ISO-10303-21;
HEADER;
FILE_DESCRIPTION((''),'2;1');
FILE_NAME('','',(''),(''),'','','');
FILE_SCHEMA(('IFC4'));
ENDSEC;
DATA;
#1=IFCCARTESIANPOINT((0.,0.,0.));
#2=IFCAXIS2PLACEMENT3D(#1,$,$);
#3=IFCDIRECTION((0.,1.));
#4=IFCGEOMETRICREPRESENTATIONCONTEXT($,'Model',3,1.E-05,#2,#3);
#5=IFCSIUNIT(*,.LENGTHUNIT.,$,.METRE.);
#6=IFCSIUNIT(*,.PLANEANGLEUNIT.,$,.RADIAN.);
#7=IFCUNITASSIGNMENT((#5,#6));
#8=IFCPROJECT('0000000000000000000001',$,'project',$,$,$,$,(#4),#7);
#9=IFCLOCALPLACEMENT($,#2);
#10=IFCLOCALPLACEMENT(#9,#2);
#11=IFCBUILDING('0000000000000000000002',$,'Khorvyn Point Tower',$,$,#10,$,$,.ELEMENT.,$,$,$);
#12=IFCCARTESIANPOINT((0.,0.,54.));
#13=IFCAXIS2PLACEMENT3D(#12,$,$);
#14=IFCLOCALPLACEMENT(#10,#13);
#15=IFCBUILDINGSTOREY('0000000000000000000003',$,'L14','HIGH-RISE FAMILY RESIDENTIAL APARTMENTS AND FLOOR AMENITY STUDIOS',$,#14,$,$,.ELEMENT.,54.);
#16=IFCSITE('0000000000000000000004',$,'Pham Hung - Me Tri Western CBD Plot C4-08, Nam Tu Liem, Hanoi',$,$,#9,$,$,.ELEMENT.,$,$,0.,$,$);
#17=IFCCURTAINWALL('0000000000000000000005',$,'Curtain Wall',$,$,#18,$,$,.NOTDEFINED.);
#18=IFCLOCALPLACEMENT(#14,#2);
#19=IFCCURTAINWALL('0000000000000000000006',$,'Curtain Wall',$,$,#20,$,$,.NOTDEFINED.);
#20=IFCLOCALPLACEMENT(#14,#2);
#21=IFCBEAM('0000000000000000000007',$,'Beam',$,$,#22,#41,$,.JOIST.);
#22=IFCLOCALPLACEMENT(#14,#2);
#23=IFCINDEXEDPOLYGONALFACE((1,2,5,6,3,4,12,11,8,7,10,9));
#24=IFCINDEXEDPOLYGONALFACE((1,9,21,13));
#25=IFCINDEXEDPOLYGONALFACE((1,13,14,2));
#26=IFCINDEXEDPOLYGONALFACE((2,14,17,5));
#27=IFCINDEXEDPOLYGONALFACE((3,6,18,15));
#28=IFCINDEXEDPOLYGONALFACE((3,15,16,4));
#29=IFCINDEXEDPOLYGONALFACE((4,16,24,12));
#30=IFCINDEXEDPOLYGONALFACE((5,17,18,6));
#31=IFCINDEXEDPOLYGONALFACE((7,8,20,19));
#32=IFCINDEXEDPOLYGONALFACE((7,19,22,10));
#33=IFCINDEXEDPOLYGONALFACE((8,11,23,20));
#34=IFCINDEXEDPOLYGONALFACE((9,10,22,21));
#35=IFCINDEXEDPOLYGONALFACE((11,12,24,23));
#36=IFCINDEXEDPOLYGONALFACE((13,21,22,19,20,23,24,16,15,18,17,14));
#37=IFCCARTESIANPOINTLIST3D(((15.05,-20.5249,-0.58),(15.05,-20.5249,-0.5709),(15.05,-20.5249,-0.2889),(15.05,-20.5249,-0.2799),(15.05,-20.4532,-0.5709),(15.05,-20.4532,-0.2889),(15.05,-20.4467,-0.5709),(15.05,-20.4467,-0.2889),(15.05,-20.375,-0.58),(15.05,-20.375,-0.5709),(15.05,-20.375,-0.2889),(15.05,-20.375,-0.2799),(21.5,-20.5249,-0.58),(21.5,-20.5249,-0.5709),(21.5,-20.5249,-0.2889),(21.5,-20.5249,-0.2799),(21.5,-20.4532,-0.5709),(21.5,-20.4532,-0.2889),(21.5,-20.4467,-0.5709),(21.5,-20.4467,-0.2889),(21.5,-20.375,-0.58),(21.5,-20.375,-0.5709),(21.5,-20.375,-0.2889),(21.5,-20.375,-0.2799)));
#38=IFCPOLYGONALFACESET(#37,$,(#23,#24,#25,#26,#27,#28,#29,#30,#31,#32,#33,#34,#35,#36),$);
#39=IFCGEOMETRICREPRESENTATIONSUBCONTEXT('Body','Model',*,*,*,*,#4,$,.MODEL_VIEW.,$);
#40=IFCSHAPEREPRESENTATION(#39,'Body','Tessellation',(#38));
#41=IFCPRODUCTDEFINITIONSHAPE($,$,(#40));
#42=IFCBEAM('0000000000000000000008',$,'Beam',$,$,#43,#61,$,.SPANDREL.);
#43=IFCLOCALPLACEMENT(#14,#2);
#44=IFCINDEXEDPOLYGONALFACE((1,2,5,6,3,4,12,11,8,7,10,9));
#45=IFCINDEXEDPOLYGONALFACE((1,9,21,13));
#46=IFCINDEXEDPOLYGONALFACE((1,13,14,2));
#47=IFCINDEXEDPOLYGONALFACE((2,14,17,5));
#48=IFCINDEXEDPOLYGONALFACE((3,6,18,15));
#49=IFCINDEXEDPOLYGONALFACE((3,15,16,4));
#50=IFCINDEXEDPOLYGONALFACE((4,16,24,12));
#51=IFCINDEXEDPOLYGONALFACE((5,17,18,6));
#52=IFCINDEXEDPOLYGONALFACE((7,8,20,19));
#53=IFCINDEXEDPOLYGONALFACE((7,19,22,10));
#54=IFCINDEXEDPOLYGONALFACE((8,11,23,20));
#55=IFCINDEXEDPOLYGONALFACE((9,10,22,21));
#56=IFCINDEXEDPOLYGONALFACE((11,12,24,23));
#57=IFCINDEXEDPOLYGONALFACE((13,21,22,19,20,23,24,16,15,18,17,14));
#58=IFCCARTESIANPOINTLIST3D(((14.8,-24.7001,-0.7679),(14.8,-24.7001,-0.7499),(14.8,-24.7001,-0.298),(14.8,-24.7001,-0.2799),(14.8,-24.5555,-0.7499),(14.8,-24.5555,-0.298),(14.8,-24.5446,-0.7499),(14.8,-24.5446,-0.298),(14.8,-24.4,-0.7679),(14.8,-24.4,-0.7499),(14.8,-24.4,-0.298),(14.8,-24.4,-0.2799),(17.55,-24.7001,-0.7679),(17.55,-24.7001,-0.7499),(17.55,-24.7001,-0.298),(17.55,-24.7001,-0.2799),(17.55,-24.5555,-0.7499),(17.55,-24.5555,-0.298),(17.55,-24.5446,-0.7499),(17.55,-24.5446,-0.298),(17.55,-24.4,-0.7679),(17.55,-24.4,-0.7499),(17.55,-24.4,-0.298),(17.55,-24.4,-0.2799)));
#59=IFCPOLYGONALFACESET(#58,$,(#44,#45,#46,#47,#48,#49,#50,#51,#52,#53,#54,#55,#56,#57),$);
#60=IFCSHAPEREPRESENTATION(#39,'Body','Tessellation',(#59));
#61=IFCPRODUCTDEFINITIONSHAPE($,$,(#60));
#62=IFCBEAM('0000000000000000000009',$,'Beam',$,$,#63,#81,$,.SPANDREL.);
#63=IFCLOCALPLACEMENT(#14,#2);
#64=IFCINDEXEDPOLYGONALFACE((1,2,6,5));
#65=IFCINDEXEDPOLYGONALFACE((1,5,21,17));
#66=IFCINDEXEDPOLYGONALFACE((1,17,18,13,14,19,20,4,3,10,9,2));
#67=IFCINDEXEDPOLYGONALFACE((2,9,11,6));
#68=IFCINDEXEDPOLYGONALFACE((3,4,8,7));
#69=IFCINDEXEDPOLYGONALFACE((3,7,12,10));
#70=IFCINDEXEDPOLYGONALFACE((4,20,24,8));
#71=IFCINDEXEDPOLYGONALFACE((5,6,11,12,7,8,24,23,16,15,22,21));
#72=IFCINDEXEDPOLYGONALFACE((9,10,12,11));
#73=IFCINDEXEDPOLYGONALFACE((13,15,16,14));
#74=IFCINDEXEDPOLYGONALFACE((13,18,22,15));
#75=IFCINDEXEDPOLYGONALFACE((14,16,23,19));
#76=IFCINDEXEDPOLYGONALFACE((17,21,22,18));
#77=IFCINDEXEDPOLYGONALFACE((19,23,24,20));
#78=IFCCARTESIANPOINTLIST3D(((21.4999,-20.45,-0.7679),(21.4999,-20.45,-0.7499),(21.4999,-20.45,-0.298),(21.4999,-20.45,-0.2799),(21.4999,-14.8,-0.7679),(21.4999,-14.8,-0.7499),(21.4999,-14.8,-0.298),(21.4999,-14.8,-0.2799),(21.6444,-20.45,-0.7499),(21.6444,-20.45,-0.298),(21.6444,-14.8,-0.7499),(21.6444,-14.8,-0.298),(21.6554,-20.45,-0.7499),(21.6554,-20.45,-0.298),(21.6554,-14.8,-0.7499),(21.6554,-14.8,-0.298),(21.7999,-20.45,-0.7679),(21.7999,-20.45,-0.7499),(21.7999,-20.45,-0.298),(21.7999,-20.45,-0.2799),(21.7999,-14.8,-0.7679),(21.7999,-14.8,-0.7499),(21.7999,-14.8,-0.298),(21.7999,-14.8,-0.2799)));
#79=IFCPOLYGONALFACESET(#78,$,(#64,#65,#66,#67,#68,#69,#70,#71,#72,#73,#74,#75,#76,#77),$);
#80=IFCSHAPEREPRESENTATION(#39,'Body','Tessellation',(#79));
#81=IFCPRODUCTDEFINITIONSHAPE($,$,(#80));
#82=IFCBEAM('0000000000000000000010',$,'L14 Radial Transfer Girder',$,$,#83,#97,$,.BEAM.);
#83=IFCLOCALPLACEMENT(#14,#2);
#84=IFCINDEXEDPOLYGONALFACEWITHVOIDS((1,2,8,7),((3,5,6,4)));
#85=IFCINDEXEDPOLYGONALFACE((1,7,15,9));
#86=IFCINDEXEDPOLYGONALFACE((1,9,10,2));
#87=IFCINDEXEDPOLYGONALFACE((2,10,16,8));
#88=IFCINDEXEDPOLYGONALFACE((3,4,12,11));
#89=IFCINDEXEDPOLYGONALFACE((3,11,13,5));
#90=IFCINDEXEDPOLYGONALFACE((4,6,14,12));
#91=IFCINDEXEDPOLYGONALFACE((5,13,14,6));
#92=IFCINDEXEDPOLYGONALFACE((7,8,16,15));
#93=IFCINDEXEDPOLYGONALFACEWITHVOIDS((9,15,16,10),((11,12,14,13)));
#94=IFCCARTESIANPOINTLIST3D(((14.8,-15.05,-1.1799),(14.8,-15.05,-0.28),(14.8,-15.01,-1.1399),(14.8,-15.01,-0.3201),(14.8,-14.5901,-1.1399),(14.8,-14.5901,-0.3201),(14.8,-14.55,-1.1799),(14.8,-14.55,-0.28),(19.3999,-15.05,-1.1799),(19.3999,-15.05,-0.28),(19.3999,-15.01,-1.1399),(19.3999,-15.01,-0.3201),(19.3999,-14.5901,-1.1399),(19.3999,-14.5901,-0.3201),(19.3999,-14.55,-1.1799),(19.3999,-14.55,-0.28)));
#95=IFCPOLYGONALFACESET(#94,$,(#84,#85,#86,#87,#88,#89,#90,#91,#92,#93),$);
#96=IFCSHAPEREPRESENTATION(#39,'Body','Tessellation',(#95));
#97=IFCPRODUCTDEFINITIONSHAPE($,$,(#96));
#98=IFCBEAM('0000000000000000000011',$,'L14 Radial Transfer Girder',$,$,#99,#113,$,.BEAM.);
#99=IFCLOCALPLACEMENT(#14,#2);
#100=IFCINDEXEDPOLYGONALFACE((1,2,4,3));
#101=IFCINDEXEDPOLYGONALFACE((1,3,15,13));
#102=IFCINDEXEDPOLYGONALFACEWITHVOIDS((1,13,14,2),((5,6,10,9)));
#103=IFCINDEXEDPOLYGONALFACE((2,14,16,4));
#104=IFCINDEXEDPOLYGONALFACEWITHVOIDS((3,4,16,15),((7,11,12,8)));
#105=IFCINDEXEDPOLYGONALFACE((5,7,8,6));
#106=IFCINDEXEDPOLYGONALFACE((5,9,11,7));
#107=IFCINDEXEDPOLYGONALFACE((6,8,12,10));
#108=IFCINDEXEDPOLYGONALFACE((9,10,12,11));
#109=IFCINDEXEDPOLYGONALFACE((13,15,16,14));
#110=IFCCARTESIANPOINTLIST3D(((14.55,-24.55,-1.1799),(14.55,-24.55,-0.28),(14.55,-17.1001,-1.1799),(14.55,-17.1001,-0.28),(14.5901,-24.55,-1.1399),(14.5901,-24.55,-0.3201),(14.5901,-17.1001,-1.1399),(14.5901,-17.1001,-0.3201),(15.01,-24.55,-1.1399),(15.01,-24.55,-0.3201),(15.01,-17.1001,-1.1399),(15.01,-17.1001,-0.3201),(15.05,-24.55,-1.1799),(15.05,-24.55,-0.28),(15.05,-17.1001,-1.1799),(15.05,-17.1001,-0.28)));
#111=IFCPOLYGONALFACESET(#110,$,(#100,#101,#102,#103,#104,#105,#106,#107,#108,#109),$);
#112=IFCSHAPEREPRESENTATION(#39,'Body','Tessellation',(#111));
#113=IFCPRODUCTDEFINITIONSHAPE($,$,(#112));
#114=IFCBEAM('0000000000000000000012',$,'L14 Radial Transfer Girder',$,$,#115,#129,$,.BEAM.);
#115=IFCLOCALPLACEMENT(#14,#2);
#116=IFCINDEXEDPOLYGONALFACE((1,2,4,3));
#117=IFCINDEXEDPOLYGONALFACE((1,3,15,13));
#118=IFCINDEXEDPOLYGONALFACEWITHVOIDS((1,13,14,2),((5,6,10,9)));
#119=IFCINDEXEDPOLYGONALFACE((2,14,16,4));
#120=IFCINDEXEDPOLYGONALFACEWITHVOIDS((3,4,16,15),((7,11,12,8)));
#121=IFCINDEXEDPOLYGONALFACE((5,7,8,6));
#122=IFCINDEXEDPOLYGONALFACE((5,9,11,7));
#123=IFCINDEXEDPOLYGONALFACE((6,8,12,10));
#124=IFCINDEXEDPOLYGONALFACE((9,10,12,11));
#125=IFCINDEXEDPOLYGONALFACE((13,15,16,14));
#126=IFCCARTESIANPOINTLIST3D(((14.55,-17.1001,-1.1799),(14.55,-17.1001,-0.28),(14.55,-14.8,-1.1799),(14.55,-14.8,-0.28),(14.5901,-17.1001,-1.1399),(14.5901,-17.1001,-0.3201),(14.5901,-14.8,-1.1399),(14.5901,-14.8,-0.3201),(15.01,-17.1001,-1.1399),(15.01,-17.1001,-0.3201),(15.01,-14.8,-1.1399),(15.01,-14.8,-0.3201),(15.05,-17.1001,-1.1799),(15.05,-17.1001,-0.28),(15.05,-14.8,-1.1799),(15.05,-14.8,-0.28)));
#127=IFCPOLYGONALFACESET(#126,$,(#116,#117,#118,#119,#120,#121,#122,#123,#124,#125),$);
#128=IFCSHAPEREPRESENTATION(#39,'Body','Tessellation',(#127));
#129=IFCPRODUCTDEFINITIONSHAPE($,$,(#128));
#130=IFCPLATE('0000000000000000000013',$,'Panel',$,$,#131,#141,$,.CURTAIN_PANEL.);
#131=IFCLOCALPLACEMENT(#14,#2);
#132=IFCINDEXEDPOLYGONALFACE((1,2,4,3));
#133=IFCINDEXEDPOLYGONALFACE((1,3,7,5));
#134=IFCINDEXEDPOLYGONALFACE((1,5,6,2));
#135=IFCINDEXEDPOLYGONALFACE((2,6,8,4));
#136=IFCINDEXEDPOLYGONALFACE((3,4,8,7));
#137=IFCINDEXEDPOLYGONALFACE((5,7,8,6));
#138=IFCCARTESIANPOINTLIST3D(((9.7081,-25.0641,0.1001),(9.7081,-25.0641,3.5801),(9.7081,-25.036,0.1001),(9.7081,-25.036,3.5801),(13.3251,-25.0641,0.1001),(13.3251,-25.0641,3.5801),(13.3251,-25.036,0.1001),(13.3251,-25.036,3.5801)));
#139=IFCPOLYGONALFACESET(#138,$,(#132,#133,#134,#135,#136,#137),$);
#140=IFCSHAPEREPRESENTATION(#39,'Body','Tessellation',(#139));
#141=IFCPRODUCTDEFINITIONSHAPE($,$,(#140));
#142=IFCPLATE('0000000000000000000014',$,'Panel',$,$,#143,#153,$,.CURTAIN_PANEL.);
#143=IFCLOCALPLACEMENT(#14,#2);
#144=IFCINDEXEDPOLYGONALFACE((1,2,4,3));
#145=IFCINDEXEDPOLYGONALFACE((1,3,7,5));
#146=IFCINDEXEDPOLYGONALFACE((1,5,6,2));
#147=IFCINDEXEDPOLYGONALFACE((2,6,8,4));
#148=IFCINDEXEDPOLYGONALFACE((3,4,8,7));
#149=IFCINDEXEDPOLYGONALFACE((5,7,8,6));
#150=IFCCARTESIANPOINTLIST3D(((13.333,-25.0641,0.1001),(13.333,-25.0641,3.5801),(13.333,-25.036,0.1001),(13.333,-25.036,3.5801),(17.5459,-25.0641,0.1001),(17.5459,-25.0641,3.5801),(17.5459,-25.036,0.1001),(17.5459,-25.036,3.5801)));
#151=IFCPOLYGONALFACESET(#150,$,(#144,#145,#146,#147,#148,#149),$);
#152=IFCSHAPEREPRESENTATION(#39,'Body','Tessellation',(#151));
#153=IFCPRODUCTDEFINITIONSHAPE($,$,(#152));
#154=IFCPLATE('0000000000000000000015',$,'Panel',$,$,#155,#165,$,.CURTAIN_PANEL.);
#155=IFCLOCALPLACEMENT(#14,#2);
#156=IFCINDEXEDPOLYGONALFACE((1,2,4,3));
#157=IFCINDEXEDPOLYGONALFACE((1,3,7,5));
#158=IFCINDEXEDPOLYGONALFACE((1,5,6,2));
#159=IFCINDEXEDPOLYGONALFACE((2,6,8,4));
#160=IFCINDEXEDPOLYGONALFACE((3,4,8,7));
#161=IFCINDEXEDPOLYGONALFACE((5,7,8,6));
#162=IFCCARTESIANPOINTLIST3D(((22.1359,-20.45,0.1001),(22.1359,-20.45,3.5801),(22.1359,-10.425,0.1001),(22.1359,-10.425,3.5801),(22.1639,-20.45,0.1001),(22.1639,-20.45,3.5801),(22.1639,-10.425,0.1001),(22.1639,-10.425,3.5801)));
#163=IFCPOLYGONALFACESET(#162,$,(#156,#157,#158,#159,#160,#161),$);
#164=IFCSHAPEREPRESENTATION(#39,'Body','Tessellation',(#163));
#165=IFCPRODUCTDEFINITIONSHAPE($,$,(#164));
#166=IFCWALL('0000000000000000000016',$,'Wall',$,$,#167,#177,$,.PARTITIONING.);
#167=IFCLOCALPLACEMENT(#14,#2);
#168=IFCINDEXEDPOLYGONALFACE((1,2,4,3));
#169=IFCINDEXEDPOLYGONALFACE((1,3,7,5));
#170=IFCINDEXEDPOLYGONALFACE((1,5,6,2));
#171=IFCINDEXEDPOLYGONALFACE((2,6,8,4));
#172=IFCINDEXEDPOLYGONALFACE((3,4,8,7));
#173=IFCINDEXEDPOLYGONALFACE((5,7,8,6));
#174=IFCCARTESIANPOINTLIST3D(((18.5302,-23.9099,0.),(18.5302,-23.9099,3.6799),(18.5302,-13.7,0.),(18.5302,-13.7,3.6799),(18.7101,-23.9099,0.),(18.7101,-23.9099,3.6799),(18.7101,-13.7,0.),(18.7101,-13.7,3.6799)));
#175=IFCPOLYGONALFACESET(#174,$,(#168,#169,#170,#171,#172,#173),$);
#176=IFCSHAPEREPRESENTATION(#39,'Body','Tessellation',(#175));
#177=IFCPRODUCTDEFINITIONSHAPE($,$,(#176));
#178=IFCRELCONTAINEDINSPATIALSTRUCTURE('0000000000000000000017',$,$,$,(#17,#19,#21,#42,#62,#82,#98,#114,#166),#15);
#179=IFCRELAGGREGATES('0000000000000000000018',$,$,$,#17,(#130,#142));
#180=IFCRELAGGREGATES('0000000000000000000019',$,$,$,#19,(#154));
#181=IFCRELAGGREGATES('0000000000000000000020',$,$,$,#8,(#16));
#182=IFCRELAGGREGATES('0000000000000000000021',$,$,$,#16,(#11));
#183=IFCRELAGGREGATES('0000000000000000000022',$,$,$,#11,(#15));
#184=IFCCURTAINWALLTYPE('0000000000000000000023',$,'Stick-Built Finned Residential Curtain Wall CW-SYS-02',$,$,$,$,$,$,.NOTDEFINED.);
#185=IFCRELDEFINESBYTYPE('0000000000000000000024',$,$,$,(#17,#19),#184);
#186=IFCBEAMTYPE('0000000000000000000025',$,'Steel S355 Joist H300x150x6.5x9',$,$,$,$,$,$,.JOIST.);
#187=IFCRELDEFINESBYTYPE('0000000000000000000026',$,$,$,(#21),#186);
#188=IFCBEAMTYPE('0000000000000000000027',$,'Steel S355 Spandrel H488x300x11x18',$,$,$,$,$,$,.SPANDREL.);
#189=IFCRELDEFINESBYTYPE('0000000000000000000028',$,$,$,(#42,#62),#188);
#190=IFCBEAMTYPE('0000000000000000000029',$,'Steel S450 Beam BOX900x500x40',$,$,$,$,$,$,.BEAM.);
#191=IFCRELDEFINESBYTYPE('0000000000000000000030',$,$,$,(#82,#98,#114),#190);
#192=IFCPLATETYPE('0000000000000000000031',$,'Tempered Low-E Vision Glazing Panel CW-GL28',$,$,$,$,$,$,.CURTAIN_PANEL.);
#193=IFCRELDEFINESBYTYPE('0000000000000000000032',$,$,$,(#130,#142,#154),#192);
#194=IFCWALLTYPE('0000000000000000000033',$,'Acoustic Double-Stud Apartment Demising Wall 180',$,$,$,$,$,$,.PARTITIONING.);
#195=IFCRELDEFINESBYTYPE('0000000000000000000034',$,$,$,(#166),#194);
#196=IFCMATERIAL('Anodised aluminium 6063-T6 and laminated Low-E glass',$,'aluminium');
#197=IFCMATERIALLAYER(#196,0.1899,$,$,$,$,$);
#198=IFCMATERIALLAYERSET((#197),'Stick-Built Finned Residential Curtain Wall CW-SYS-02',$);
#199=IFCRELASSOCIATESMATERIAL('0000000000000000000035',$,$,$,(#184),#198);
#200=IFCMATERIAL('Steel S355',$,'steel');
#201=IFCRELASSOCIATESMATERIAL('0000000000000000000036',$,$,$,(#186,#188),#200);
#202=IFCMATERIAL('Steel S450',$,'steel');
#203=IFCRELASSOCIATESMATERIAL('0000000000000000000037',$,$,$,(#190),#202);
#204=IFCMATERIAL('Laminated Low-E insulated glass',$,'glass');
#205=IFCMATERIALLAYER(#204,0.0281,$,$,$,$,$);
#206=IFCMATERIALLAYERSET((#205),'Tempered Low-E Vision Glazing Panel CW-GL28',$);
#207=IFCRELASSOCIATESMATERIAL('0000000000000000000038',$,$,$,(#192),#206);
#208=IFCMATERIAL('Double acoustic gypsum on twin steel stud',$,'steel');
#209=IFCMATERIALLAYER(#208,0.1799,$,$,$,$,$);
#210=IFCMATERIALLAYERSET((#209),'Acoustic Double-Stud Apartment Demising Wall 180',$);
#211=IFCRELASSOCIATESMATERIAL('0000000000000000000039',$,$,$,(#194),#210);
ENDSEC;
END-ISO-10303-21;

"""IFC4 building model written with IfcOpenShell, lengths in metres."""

from ifc_helpers import new_model, si_unit, direction, frame, frame_2d, origin, origin_2d, place, context, subcontext, project, spatial, rectangle, hollow_rectangle, i_section, extrude, material, layer, layer_set, material_profile, profile_set, type_object, element, aggregate, save


model = new_model("IFC4")

# Units and contexts
model_context = context("Model", 3, precision=1e-05, world=origin(), true_north=direction((0.0, 1.0)))
body_context = subcontext(model_context, "Body", "Model", "MODEL_VIEW")
ifc_project = project(units=[si_unit("LENGTHUNIT", "METRE"), si_unit("PLANEANGLEUNIT", "RADIAN")], contexts=[model_context])

# Site, building, storey
site_placement = place(None, origin())
site = spatial("IfcSite", under=ifc_project, at=site_placement, Name="Pham Hung - Me Tri Western CBD Plot C4-08, Nam Tu Liem, Hanoi", CompositionType="ELEMENT", RefElevation=0.0)
building_placement = place(site_placement, origin())
building = spatial("IfcBuilding", under=site, at=building_placement, Name="Khorvyn Point Tower", CompositionType="ELEMENT")
storey_placement = place(building_placement, frame((0.0, 0.0, 54.0)))
storey = spatial("IfcBuildingStorey", under=building, at=storey_placement, Name="L14", Description="HIGH-RISE FAMILY RESIDENTIAL APARTMENTS AND FLOOR AMENITY STUDIOS", CompositionType="ELEMENT", Elevation=54.0)

# Shared definitions
ifc_material_1 = material(Name="Steel S450", Category="steel")

# Curtain walls
ifc_material_2 = material(Name="Anodised aluminium 6063-T6 and laminated Low-E glass", Category="aluminium")
ifc_layer_1 = layer(ifc_material_2, 0.1899)
ifc_layer_set_1 = layer_set([ifc_layer_1], Name="Stick-Built Finned Residential Curtain Wall CW-SYS-02")
curtain_wall_type = type_object("IfcCurtainWallType", Name="Stick-Built Finned Residential Curtain Wall CW-SYS-02", PredefinedType="NOTDEFINED", material=ifc_layer_set_1)
curtain_wall_1_placement = place(storey_placement, origin())
curtain_wall_1 = element("IfcCurtainWall", 1, at=curtain_wall_1_placement, inside=storey, type_object=curtain_wall_type, Name="Curtain Wall", PredefinedType="NOTDEFINED")
curtain_wall_2_placement = place(storey_placement, origin())
curtain_wall_2 = element("IfcCurtainWall", 2, at=curtain_wall_2_placement, inside=storey, type_object=curtain_wall_type, Name="Curtain Wall", PredefinedType="NOTDEFINED")

# Beams
ifc_material_3 = material(Name="Steel S355", Category="steel")
ifc_material_profile_1 = material_profile(ifc_material_3, i_section(OverallWidth=0.1499, OverallDepth=0.3, WebThickness=0.0066, FlangeThickness=0.009, at=origin_2d()))
ifc_profile_set_1 = profile_set([ifc_material_profile_1], Name="Steel S355 H300x150x6.5x9")
beam_type_1 = type_object("IfcBeamType", Name="Steel S355 Joist H300x150x6.5x9", PredefinedType="JOIST", material=ifc_profile_set_1)
beam_1_placement = place(storey_placement, frame((15.05, -20.45, -0.4299), z_axis=(1.0, 0.0, 0.0), x_axis=(0.0, 1.0, 0.0)))
element("IfcBeam", 3, at=beam_1_placement, inside=storey, type_object=beam_type_1, Name="Beam", PredefinedType="JOIST", context=body_context, shape_type="SweptSolid", body=[
    extrude(i_section(OverallWidth=0.1499, OverallDepth=0.3, WebThickness=0.0066, FlangeThickness=0.009, at=origin_2d()), origin(), (0.0, 0.0, 1.0), 6.45),
])
ifc_material_profile_2 = material_profile(ifc_material_3, i_section(OverallWidth=0.3, OverallDepth=0.488, WebThickness=0.011, FlangeThickness=0.0181, at=origin_2d()))
ifc_profile_set_2 = profile_set([ifc_material_profile_2], Name="Steel S355 H488x300x11x18")
beam_type_2 = type_object("IfcBeamType", Name="Steel S355 Spandrel H488x300x11x18", PredefinedType="SPANDREL", material=ifc_profile_set_2)
beam_2_placement = place(storey_placement, frame((14.8, -24.55, -0.5239), z_axis=(1.0, 0.0, 0.0), x_axis=(0.0, 1.0, 0.0)))
element("IfcBeam", 4, at=beam_2_placement, inside=storey, type_object=beam_type_2, Name="Beam", PredefinedType="SPANDREL", context=body_context, shape_type="SweptSolid", body=[
    extrude(i_section(OverallWidth=0.3, OverallDepth=0.488, WebThickness=0.011, FlangeThickness=0.0181, at=origin_2d()), origin(), (0.0, 0.0, 1.0), 2.75),
])
beam_3_placement = place(storey_placement, frame((21.6499, -20.45, -0.5239), z_axis=(0.0, 1.0, 0.0), x_axis=(-1.0, 0.0, 0.0)))
element("IfcBeam", 5, at=beam_3_placement, inside=storey, type_object=beam_type_2, Name="Beam", PredefinedType="SPANDREL", context=body_context, shape_type="SweptSolid", body=[
    extrude(i_section(OverallWidth=0.3, OverallDepth=0.488, WebThickness=0.011, FlangeThickness=0.0181, at=origin_2d()), origin(), (0.0, 0.0, 1.0), 5.6499),
])
ifc_material_profile_3 = material_profile(ifc_material_1, hollow_rectangle(XDim=0.5, YDim=0.8999, WallThickness=0.04, at=origin_2d()))
ifc_profile_set_3 = profile_set([ifc_material_profile_3], Name="Steel S450 BOX900x500x40")
beam_type_3 = type_object("IfcBeamType", Name="Steel S450 Beam BOX900x500x40", PredefinedType="BEAM", material=ifc_profile_set_3)
beam_4_placement = place(storey_placement, frame((14.8, -14.8, -0.73), z_axis=(1.0, 0.0, 0.0), x_axis=(0.0, 1.0, 0.0)))
element("IfcBeam", 6, at=beam_4_placement, inside=storey, type_object=beam_type_3, Name="L14 Radial Transfer Girder", PredefinedType="BEAM", context=body_context, shape_type="SweptSolid", body=[
    extrude(hollow_rectangle(XDim=0.5, YDim=0.8999, WallThickness=0.04, at=origin_2d()), origin(), (0.0, 0.0, 1.0), 4.5999),
])
beam_5_placement = place(storey_placement, frame((14.8, -24.55, -0.73), z_axis=(0.0, 1.0, 0.0), x_axis=(-1.0, 0.0, 0.0)))
element("IfcBeam", 7, at=beam_5_placement, inside=storey, type_object=beam_type_3, Name="L14 Radial Transfer Girder", PredefinedType="BEAM", context=body_context, shape_type="SweptSolid", body=[
    extrude(hollow_rectangle(XDim=0.5, YDim=0.8999, WallThickness=0.04, at=origin_2d()), origin(), (0.0, 0.0, 1.0), 7.45),
])
beam_6_placement = place(storey_placement, frame((14.8, -17.1001, -0.73), z_axis=(0.0, 1.0, 0.0), x_axis=(-1.0, 0.0, 0.0)))
element("IfcBeam", 8, at=beam_6_placement, inside=storey, type_object=beam_type_3, Name="L14 Radial Transfer Girder", PredefinedType="BEAM", context=body_context, shape_type="SweptSolid", body=[
    extrude(hollow_rectangle(XDim=0.5, YDim=0.8999, WallThickness=0.04, at=origin_2d()), origin(), (0.0, 0.0, 1.0), 2.3),
])

# Plates
ifc_material_4 = material(Name="Laminated Low-E insulated glass", Category="glass")
ifc_layer_2 = layer(ifc_material_4, 0.0281)
ifc_layer_set_2 = layer_set([ifc_layer_2], Name="Tempered Low-E Vision Glazing Panel CW-GL28")
plate_type = type_object("IfcPlateType", Name="Tempered Low-E Vision Glazing Panel CW-GL28", PredefinedType="CURTAIN_PANEL", material=ifc_layer_set_2)
plate_1_placement = place(storey_placement, frame((11.5166, -25.05, 0.1001), z_axis=(0.0, 0.0, 1.0), x_axis=(-1.0, 0.0, 0.0)))
plate_1 = element("IfcPlate", 9, at=plate_1_placement, type_object=plate_type, Name="Panel", PredefinedType="CURTAIN_PANEL", context=body_context, shape_type="SweptSolid", body=[
    extrude(rectangle(XDim=3.6169, YDim=0.0281, at=origin_2d()), origin(), (0.0, 0.0, 1.0), 3.48),
])
plate_2_placement = place(storey_placement, frame((15.4395, -25.05, 0.1001), z_axis=(0.0, 0.0, 1.0), x_axis=(-1.0, 0.0, 0.0)))
plate_2 = element("IfcPlate", 10, at=plate_2_placement, type_object=plate_type, Name="Panel", PredefinedType="CURTAIN_PANEL", context=body_context, shape_type="SweptSolid", body=[
    extrude(rectangle(XDim=4.2129, YDim=0.0281, at=origin_2d()), origin(), (0.0, 0.0, 1.0), 3.48),
])
aggregate(curtain_wall_1, [plate_1, plate_2])
plate_3_placement = place(storey_placement, frame((22.1499, -15.4375, 0.1001), z_axis=(0.0, 0.0, 1.0), x_axis=(0.0, -1.0, 0.0)))
plate_3 = element("IfcPlate", 11, at=plate_3_placement, type_object=plate_type, Name="Panel", PredefinedType="CURTAIN_PANEL", context=body_context, shape_type="SweptSolid", body=[
    extrude(rectangle(XDim=10.0249, YDim=0.0281, at=origin_2d()), origin(), (0.0, 0.0, 1.0), 3.48),
])
aggregate(curtain_wall_2, [plate_3])

# Wall
ifc_material_5 = material(Name="Double acoustic gypsum on twin steel stud", Category="steel")
ifc_layer_3 = layer(ifc_material_5, 0.1799)
ifc_layer_set_3 = layer_set([ifc_layer_3], Name="Acoustic Double-Stud Apartment Demising Wall 180")
wall_type_1 = type_object("IfcWallType", Name="Acoustic Double-Stud Apartment Demising Wall 180", PredefinedType="PARTITIONING", material=ifc_layer_set_3)
wall_1_placement = place(storey_placement, frame((18.6201, -23.9099, 0.0), z_axis=(0.0, 0.0, 1.0), x_axis=(0.0, 1.0, 0.0)))
element("IfcWall", 12, at=wall_1_placement, inside=storey, type_object=wall_type_1, Name="Wall", PredefinedType="PARTITIONING", context=body_context, shape_type="SweptSolid", body=[
    extrude(rectangle(XDim=10.21, YDim=0.1799, at=frame_2d((5.105, 0.0))), origin(), (0.0, 0.0, 1.0), 3.6799),
])

save(model, "model.ifc")
